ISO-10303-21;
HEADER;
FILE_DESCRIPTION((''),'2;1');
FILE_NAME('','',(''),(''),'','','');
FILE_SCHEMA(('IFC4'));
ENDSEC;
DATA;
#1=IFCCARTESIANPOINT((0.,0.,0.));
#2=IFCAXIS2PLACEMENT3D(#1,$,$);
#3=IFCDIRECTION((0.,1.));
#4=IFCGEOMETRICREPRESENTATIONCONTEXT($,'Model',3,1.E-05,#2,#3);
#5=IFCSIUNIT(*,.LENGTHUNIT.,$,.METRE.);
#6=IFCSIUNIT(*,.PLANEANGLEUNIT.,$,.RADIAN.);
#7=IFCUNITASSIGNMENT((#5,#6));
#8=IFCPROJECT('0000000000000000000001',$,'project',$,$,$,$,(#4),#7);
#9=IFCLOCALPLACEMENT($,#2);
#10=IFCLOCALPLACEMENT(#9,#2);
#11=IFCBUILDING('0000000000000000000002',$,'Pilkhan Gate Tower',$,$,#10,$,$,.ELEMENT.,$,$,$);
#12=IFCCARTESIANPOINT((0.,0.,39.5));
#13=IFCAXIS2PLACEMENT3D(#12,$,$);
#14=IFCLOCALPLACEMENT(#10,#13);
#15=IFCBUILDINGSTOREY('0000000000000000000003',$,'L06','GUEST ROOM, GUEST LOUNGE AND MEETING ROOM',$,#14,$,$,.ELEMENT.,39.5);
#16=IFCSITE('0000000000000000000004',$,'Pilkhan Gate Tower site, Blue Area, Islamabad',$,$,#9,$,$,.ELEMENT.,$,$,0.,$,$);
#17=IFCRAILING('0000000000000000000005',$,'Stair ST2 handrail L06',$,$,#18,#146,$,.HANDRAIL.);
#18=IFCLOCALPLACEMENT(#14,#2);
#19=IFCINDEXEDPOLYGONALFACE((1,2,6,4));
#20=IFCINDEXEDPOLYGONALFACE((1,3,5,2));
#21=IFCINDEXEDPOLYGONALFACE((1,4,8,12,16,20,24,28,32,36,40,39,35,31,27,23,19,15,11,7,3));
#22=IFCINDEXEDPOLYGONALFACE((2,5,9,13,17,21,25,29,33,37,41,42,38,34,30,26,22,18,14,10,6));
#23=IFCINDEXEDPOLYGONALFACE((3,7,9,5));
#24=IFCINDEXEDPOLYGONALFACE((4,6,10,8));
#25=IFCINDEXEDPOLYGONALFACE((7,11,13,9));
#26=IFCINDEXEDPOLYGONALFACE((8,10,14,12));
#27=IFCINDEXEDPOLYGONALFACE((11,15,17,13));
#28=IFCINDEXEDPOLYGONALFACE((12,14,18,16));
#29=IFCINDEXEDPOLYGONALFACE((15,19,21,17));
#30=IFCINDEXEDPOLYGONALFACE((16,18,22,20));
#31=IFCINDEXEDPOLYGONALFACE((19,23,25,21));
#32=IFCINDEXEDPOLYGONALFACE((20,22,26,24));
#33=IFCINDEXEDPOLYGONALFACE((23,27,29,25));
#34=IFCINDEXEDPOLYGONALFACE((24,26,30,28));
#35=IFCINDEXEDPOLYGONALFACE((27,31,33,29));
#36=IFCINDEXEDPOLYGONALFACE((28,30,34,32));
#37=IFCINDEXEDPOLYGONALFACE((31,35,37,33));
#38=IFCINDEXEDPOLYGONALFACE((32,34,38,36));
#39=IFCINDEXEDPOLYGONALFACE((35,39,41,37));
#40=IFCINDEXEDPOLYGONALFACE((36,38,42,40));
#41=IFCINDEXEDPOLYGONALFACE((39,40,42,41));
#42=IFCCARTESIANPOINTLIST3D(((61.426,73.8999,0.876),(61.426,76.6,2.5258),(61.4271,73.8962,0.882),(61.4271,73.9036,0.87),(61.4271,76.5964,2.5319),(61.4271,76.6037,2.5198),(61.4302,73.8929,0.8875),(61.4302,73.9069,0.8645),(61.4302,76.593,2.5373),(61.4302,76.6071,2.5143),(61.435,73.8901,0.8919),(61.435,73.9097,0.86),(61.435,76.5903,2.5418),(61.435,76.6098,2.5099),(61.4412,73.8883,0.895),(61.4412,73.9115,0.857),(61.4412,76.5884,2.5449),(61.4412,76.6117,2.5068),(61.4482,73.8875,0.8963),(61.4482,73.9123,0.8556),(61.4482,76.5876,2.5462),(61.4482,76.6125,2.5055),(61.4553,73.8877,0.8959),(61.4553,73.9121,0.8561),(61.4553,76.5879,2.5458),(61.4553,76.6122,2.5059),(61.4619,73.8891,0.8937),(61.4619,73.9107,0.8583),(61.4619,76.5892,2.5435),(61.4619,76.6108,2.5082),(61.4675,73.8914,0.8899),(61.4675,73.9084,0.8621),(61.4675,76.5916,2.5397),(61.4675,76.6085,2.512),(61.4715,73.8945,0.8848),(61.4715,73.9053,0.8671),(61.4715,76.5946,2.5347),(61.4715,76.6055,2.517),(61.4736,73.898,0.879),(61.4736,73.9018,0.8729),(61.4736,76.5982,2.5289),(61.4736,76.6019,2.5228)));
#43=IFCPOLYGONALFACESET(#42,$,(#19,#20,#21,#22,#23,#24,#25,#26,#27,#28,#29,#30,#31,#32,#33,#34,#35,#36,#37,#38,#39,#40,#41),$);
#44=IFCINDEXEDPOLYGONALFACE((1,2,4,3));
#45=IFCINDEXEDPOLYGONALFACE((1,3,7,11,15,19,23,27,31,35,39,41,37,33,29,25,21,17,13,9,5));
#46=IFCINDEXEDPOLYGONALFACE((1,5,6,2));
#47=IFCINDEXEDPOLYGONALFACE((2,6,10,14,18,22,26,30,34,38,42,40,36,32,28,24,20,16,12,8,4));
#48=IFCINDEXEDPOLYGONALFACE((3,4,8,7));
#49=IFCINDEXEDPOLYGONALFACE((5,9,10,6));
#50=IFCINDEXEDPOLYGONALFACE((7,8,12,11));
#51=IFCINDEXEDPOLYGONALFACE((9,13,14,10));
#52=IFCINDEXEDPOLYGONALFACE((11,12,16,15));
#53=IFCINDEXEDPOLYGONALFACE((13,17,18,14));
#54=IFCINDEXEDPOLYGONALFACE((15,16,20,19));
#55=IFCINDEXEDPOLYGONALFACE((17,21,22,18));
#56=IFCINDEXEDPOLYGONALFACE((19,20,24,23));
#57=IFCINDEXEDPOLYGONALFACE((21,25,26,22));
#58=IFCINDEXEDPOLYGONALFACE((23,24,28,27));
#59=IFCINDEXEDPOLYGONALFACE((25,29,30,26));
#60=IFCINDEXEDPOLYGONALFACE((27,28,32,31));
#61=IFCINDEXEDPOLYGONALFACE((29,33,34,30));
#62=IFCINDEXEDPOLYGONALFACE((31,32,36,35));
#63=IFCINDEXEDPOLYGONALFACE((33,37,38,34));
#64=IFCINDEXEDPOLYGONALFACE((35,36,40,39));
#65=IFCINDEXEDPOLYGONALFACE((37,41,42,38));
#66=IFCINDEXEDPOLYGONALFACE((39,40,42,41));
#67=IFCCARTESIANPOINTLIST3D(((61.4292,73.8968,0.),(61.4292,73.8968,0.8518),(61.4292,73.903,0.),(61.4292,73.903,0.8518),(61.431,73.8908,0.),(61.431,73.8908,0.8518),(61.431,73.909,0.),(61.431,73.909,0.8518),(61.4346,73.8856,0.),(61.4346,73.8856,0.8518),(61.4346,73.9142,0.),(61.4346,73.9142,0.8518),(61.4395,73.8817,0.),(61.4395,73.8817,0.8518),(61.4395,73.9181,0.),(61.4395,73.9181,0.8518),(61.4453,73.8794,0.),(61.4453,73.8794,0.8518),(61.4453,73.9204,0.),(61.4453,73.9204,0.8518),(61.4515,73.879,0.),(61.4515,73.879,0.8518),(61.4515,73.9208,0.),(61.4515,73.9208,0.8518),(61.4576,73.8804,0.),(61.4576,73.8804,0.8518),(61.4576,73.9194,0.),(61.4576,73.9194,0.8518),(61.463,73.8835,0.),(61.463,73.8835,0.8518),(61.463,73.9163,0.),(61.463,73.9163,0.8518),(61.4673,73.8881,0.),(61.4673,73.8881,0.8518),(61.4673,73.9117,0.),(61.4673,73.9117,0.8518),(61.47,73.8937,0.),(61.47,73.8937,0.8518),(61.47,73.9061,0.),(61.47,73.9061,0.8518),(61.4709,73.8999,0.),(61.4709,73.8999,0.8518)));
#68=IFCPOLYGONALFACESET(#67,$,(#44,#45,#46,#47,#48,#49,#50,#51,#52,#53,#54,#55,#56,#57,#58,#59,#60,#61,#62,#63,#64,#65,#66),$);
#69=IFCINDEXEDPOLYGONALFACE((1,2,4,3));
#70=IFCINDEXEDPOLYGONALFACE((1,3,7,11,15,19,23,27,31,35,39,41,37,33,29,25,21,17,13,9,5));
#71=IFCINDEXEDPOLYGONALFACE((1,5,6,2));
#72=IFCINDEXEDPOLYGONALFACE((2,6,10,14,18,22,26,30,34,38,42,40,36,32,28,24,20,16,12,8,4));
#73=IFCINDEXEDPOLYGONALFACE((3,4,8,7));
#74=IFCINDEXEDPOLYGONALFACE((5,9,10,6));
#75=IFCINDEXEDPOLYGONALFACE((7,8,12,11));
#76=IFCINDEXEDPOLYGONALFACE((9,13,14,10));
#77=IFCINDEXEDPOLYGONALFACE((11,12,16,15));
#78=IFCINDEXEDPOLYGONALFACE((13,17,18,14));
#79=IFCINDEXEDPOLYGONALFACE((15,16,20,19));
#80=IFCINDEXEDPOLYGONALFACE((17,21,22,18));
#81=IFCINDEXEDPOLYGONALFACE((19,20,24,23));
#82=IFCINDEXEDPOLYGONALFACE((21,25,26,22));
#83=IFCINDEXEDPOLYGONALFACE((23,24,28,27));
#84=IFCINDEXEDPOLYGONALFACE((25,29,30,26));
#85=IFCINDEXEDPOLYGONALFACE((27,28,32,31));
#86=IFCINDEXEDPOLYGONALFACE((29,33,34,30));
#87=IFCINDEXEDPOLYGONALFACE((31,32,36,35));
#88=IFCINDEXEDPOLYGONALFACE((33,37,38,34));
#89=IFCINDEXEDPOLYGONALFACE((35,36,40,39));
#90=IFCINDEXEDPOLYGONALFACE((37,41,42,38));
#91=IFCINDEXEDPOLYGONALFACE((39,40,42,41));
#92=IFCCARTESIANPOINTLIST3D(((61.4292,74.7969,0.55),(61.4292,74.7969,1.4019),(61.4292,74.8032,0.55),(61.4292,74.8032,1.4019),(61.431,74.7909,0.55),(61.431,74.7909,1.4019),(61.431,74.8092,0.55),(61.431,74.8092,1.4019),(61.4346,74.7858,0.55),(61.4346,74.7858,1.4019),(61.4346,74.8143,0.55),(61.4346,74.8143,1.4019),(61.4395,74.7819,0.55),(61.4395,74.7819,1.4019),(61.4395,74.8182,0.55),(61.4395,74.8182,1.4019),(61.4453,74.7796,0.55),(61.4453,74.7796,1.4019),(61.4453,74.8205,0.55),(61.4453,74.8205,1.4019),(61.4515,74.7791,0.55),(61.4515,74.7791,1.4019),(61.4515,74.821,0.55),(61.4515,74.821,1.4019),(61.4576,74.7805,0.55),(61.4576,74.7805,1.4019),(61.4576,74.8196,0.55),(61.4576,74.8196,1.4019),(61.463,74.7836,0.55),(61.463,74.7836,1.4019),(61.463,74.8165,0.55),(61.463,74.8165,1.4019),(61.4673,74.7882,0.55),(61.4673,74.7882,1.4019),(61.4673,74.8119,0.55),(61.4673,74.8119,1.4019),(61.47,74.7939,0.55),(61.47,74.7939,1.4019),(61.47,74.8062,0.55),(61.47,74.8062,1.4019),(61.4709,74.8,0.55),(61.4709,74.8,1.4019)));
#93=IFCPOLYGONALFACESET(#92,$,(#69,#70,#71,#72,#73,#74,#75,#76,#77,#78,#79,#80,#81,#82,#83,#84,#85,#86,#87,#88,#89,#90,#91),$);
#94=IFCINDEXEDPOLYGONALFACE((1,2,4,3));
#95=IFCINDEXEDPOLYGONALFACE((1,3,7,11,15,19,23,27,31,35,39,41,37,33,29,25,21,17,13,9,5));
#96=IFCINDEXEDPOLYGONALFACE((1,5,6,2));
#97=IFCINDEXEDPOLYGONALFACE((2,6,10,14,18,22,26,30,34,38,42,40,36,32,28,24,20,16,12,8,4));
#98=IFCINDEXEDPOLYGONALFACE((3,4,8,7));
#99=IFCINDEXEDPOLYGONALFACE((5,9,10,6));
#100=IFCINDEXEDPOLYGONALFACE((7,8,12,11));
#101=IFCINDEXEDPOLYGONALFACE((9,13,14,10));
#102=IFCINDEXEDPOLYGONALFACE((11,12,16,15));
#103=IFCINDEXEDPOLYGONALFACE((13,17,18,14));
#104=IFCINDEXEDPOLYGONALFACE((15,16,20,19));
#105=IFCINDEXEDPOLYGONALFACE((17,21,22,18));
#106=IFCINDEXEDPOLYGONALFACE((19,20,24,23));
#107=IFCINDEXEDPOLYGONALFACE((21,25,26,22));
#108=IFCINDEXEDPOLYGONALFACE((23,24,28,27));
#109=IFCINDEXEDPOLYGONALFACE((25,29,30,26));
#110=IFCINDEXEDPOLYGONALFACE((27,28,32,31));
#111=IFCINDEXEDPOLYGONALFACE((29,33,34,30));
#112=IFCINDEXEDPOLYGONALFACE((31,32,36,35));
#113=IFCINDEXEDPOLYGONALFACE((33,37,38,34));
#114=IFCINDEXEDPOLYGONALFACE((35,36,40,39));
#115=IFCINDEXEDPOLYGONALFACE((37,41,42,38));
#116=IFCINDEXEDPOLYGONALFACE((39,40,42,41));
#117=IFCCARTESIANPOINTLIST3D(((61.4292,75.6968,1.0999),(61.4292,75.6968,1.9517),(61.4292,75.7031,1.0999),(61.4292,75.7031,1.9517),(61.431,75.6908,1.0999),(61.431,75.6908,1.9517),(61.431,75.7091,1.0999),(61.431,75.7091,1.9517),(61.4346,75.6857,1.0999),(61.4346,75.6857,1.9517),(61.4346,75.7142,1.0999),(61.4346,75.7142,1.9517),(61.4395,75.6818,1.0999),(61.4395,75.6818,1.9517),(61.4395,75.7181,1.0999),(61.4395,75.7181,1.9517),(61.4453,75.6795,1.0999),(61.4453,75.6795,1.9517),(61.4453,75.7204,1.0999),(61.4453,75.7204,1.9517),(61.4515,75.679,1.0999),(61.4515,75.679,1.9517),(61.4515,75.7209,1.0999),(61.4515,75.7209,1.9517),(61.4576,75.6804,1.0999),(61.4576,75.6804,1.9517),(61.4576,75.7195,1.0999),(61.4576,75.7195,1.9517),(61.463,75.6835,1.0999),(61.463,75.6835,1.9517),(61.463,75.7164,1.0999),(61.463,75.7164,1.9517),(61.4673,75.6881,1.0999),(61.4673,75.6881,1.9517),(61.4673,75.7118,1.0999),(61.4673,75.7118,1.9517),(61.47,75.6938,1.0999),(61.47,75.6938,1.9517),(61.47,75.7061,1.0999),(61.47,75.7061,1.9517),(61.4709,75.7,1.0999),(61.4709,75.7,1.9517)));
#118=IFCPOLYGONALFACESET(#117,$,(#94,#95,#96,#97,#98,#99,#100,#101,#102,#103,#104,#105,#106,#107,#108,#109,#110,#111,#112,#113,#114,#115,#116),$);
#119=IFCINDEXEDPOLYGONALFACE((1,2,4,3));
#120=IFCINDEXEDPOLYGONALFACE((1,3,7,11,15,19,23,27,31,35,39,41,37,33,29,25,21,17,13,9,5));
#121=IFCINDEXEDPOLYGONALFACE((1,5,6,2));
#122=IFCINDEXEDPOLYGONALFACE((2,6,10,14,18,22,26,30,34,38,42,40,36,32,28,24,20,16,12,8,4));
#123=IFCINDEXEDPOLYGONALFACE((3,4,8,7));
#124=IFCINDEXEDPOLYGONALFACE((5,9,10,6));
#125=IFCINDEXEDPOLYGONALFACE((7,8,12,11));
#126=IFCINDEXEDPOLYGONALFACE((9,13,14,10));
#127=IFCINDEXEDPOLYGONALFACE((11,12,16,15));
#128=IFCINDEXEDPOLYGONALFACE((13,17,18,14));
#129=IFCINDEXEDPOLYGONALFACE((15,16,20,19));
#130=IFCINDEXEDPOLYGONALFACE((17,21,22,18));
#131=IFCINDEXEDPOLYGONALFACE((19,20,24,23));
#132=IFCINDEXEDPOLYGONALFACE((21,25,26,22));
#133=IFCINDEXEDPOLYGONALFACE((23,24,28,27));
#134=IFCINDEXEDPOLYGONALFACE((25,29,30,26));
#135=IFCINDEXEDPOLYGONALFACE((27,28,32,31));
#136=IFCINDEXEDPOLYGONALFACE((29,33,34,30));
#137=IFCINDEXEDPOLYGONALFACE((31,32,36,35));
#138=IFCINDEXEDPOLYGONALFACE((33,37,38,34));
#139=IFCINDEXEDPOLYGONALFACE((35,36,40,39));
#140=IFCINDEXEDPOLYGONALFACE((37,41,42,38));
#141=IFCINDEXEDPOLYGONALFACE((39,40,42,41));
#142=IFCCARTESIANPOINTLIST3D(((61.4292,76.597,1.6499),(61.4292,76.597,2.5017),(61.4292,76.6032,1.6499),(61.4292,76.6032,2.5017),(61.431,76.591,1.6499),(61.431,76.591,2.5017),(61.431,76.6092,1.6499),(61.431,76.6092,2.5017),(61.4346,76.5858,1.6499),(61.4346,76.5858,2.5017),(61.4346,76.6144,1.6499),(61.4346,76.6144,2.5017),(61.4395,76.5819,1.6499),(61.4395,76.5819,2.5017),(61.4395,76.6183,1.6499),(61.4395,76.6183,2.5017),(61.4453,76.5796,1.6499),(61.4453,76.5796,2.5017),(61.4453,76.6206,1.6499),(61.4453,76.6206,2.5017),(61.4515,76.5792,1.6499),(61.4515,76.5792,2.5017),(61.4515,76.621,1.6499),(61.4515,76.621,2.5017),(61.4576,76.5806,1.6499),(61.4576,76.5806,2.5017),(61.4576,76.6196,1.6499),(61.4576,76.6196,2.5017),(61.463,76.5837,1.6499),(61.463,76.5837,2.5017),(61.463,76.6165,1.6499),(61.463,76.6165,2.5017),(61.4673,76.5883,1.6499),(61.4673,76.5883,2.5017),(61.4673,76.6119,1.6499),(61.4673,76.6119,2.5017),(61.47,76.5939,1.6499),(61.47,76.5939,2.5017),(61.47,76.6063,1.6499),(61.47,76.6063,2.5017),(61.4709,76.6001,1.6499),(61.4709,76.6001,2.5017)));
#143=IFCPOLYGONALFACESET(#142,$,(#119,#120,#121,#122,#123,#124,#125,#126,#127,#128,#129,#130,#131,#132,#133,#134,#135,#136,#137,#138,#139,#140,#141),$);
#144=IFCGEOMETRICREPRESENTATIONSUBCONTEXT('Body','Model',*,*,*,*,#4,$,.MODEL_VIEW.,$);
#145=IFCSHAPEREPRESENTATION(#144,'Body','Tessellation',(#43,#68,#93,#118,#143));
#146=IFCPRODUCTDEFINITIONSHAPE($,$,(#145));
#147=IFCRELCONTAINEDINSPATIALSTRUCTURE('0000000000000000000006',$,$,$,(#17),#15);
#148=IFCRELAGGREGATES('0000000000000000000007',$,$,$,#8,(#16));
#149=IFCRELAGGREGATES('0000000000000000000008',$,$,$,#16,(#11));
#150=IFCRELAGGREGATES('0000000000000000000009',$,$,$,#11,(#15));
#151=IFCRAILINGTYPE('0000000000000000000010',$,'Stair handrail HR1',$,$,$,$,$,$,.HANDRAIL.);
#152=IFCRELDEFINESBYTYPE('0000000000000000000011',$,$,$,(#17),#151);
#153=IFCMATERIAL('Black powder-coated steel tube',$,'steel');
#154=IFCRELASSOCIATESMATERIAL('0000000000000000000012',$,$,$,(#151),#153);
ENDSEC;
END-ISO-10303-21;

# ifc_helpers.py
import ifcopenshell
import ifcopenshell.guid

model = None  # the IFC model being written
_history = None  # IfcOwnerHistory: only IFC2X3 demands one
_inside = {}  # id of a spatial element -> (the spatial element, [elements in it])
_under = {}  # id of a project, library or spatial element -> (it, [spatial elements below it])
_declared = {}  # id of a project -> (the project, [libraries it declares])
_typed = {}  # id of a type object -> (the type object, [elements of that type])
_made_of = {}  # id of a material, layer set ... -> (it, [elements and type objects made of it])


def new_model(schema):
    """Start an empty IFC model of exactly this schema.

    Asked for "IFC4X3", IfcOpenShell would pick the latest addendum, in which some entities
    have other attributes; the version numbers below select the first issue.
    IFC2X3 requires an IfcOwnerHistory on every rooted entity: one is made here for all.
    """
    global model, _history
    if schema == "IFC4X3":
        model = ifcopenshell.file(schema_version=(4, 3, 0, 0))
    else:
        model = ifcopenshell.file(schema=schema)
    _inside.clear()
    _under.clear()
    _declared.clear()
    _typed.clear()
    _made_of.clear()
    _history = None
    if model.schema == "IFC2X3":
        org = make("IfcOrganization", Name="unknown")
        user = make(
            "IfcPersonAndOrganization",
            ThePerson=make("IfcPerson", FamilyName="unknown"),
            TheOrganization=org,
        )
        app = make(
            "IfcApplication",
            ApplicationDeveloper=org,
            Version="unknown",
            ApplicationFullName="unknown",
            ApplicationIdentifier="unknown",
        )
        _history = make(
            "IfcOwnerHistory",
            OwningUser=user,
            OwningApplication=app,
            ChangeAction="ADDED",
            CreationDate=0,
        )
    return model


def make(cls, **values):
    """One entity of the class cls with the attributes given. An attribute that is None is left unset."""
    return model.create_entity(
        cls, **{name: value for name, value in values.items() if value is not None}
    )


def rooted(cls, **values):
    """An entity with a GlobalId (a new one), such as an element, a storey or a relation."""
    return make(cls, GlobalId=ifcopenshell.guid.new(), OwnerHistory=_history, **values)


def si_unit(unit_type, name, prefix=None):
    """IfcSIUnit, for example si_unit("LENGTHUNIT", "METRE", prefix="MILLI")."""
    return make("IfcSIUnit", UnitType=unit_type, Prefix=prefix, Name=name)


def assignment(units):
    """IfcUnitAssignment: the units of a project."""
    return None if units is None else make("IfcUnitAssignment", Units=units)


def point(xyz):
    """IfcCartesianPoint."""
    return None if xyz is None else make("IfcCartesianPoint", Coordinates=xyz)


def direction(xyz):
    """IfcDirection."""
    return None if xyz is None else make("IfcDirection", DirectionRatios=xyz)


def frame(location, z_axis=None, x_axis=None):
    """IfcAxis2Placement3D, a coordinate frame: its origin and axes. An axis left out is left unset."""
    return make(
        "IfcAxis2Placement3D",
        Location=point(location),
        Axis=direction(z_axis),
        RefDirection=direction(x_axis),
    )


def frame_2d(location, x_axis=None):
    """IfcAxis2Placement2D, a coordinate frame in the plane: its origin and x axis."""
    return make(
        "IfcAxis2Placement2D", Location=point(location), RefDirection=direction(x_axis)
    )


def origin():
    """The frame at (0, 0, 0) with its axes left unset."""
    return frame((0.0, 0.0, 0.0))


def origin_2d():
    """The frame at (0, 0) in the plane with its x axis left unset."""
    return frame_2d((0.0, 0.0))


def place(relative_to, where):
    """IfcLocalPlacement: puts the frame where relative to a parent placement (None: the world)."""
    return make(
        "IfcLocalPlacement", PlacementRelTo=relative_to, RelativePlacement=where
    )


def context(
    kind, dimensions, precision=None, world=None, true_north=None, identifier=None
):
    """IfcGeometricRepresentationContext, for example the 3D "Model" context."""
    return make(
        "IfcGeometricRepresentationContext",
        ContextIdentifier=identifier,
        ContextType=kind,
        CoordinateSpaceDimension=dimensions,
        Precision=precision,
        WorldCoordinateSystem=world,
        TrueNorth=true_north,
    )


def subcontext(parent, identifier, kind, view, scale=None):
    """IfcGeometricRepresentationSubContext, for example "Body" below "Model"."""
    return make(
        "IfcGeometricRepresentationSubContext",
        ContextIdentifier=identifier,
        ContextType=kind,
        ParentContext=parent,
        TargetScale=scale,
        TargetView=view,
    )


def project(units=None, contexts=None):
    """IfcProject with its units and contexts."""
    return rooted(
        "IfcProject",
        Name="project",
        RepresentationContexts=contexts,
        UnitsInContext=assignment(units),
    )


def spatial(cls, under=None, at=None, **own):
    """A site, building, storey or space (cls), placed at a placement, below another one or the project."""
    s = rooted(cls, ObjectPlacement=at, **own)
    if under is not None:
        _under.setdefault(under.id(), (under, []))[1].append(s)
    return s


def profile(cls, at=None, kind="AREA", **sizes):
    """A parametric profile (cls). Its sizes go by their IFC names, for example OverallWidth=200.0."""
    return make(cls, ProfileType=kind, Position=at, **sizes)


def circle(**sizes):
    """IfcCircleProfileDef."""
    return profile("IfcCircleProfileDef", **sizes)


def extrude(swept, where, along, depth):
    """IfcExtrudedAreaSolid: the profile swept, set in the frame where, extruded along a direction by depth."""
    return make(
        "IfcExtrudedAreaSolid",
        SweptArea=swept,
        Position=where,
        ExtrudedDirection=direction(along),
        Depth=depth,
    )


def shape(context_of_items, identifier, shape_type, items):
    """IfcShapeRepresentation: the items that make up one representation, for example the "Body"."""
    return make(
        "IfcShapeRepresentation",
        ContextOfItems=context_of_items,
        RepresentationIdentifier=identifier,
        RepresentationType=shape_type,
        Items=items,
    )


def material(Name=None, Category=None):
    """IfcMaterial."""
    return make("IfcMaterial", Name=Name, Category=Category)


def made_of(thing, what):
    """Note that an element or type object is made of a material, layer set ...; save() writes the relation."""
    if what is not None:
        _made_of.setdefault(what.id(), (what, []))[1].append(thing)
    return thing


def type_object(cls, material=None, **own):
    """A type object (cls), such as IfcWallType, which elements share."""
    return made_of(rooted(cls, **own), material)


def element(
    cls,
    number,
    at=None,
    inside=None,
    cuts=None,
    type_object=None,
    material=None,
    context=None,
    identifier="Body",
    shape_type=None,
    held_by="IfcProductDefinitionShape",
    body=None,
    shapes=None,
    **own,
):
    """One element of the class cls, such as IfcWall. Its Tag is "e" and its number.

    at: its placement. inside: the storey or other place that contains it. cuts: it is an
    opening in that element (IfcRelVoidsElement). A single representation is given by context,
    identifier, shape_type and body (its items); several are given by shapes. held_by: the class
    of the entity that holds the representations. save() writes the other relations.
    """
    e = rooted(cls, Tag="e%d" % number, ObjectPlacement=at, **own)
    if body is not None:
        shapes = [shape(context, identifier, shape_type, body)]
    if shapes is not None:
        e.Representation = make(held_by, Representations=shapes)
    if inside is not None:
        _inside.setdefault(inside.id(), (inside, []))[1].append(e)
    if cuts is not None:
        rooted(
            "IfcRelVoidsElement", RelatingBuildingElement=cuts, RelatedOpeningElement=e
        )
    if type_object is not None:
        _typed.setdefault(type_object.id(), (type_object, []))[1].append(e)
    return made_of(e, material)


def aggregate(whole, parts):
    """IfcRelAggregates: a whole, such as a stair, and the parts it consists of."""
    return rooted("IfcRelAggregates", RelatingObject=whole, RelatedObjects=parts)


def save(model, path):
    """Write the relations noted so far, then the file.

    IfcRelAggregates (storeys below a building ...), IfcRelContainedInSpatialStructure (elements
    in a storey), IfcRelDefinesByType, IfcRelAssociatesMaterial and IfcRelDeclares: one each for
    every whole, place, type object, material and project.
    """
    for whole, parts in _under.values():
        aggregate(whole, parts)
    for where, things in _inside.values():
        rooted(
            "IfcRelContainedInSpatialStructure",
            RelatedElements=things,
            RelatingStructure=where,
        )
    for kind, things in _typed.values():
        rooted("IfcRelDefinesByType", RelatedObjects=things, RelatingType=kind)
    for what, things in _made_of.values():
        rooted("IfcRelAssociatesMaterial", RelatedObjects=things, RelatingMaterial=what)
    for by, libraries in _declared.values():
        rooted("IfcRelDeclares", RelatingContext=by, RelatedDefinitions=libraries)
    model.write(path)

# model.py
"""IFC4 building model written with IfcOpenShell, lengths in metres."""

from ifc_helpers import new_model, si_unit, direction, frame, origin, origin_2d, place, context, subcontext, project, spatial, circle, extrude, material, type_object, element, save


model = new_model("IFC4")

# Units and contexts
model_context = context("Model", 3, precision=1e-05, world=origin(), true_north=direction((0.0, 1.0)))
body_context = subcontext(model_context, "Body", "Model", "MODEL_VIEW")
ifc_project = project(units=[si_unit("LENGTHUNIT", "METRE"), si_unit("PLANEANGLEUNIT", "RADIAN")], contexts=[model_context])

# Site, building, storey
site_placement = place(None, origin())
site = spatial("IfcSite", under=ifc_project, at=site_placement, Name="Pilkhan Gate Tower site, Blue Area, Islamabad", CompositionType="ELEMENT", RefElevation=0.0)
building_placement = place(site_placement, origin())
building = spatial("IfcBuilding", under=site, at=building_placement, Name="Pilkhan Gate Tower", CompositionType="ELEMENT")
storey_placement = place(building_placement, frame((0.0, 0.0, 39.5)))
storey = spatial("IfcBuildingStorey", under=building, at=storey_placement, Name="L06", Description="GUEST ROOM, GUEST LOUNGE AND MEETING ROOM", CompositionType="ELEMENT", Elevation=39.5)

# Railing
ifc_material_1 = material(Name="Black powder-coated steel tube", Category="steel")
railing_type_1 = type_object("IfcRailingType", Name="Stair handrail HR1", PredefinedType="HANDRAIL", material=ifc_material_1)
railing_1_placement = place(storey_placement, frame((61.45, 73.8999, 0.0)))
element("IfcRailing", 1, at=railing_1_placement, inside=storey, type_object=railing_type_1, Name="Stair ST2 handrail L06", PredefinedType="HANDRAIL", context=body_context, shape_type="SweptSolid", body=[
    extrude(circle(Radius=0.0239, at=origin_2d()), frame((0.0, 0.0, 0.876), z_axis=(0.0, 0.853312, 0.5214), x_axis=(-1.0, 0.0, 0.0)), (0.0, 0.0, 1.0), 3.1643),
    extrude(circle(Radius=0.021, at=origin_2d()), origin(), (0.0, 0.0, 1.0), 0.8518),
    extrude(circle(Radius=0.021, at=origin_2d()), frame((0.0, 0.9001, 0.55)), (0.0, 0.0, 1.0), 0.8518),
    extrude(circle(Radius=0.021, at=origin_2d()), frame((0.0, 1.8, 1.0999)), (0.0, 0.0, 1.0), 0.8518),
    extrude(circle(Radius=0.021, at=origin_2d()), frame((0.0, 2.7002, 1.6499)), (0.0, 0.0, 1.0), 0.8518),
])

save(model, "model.ifc")
